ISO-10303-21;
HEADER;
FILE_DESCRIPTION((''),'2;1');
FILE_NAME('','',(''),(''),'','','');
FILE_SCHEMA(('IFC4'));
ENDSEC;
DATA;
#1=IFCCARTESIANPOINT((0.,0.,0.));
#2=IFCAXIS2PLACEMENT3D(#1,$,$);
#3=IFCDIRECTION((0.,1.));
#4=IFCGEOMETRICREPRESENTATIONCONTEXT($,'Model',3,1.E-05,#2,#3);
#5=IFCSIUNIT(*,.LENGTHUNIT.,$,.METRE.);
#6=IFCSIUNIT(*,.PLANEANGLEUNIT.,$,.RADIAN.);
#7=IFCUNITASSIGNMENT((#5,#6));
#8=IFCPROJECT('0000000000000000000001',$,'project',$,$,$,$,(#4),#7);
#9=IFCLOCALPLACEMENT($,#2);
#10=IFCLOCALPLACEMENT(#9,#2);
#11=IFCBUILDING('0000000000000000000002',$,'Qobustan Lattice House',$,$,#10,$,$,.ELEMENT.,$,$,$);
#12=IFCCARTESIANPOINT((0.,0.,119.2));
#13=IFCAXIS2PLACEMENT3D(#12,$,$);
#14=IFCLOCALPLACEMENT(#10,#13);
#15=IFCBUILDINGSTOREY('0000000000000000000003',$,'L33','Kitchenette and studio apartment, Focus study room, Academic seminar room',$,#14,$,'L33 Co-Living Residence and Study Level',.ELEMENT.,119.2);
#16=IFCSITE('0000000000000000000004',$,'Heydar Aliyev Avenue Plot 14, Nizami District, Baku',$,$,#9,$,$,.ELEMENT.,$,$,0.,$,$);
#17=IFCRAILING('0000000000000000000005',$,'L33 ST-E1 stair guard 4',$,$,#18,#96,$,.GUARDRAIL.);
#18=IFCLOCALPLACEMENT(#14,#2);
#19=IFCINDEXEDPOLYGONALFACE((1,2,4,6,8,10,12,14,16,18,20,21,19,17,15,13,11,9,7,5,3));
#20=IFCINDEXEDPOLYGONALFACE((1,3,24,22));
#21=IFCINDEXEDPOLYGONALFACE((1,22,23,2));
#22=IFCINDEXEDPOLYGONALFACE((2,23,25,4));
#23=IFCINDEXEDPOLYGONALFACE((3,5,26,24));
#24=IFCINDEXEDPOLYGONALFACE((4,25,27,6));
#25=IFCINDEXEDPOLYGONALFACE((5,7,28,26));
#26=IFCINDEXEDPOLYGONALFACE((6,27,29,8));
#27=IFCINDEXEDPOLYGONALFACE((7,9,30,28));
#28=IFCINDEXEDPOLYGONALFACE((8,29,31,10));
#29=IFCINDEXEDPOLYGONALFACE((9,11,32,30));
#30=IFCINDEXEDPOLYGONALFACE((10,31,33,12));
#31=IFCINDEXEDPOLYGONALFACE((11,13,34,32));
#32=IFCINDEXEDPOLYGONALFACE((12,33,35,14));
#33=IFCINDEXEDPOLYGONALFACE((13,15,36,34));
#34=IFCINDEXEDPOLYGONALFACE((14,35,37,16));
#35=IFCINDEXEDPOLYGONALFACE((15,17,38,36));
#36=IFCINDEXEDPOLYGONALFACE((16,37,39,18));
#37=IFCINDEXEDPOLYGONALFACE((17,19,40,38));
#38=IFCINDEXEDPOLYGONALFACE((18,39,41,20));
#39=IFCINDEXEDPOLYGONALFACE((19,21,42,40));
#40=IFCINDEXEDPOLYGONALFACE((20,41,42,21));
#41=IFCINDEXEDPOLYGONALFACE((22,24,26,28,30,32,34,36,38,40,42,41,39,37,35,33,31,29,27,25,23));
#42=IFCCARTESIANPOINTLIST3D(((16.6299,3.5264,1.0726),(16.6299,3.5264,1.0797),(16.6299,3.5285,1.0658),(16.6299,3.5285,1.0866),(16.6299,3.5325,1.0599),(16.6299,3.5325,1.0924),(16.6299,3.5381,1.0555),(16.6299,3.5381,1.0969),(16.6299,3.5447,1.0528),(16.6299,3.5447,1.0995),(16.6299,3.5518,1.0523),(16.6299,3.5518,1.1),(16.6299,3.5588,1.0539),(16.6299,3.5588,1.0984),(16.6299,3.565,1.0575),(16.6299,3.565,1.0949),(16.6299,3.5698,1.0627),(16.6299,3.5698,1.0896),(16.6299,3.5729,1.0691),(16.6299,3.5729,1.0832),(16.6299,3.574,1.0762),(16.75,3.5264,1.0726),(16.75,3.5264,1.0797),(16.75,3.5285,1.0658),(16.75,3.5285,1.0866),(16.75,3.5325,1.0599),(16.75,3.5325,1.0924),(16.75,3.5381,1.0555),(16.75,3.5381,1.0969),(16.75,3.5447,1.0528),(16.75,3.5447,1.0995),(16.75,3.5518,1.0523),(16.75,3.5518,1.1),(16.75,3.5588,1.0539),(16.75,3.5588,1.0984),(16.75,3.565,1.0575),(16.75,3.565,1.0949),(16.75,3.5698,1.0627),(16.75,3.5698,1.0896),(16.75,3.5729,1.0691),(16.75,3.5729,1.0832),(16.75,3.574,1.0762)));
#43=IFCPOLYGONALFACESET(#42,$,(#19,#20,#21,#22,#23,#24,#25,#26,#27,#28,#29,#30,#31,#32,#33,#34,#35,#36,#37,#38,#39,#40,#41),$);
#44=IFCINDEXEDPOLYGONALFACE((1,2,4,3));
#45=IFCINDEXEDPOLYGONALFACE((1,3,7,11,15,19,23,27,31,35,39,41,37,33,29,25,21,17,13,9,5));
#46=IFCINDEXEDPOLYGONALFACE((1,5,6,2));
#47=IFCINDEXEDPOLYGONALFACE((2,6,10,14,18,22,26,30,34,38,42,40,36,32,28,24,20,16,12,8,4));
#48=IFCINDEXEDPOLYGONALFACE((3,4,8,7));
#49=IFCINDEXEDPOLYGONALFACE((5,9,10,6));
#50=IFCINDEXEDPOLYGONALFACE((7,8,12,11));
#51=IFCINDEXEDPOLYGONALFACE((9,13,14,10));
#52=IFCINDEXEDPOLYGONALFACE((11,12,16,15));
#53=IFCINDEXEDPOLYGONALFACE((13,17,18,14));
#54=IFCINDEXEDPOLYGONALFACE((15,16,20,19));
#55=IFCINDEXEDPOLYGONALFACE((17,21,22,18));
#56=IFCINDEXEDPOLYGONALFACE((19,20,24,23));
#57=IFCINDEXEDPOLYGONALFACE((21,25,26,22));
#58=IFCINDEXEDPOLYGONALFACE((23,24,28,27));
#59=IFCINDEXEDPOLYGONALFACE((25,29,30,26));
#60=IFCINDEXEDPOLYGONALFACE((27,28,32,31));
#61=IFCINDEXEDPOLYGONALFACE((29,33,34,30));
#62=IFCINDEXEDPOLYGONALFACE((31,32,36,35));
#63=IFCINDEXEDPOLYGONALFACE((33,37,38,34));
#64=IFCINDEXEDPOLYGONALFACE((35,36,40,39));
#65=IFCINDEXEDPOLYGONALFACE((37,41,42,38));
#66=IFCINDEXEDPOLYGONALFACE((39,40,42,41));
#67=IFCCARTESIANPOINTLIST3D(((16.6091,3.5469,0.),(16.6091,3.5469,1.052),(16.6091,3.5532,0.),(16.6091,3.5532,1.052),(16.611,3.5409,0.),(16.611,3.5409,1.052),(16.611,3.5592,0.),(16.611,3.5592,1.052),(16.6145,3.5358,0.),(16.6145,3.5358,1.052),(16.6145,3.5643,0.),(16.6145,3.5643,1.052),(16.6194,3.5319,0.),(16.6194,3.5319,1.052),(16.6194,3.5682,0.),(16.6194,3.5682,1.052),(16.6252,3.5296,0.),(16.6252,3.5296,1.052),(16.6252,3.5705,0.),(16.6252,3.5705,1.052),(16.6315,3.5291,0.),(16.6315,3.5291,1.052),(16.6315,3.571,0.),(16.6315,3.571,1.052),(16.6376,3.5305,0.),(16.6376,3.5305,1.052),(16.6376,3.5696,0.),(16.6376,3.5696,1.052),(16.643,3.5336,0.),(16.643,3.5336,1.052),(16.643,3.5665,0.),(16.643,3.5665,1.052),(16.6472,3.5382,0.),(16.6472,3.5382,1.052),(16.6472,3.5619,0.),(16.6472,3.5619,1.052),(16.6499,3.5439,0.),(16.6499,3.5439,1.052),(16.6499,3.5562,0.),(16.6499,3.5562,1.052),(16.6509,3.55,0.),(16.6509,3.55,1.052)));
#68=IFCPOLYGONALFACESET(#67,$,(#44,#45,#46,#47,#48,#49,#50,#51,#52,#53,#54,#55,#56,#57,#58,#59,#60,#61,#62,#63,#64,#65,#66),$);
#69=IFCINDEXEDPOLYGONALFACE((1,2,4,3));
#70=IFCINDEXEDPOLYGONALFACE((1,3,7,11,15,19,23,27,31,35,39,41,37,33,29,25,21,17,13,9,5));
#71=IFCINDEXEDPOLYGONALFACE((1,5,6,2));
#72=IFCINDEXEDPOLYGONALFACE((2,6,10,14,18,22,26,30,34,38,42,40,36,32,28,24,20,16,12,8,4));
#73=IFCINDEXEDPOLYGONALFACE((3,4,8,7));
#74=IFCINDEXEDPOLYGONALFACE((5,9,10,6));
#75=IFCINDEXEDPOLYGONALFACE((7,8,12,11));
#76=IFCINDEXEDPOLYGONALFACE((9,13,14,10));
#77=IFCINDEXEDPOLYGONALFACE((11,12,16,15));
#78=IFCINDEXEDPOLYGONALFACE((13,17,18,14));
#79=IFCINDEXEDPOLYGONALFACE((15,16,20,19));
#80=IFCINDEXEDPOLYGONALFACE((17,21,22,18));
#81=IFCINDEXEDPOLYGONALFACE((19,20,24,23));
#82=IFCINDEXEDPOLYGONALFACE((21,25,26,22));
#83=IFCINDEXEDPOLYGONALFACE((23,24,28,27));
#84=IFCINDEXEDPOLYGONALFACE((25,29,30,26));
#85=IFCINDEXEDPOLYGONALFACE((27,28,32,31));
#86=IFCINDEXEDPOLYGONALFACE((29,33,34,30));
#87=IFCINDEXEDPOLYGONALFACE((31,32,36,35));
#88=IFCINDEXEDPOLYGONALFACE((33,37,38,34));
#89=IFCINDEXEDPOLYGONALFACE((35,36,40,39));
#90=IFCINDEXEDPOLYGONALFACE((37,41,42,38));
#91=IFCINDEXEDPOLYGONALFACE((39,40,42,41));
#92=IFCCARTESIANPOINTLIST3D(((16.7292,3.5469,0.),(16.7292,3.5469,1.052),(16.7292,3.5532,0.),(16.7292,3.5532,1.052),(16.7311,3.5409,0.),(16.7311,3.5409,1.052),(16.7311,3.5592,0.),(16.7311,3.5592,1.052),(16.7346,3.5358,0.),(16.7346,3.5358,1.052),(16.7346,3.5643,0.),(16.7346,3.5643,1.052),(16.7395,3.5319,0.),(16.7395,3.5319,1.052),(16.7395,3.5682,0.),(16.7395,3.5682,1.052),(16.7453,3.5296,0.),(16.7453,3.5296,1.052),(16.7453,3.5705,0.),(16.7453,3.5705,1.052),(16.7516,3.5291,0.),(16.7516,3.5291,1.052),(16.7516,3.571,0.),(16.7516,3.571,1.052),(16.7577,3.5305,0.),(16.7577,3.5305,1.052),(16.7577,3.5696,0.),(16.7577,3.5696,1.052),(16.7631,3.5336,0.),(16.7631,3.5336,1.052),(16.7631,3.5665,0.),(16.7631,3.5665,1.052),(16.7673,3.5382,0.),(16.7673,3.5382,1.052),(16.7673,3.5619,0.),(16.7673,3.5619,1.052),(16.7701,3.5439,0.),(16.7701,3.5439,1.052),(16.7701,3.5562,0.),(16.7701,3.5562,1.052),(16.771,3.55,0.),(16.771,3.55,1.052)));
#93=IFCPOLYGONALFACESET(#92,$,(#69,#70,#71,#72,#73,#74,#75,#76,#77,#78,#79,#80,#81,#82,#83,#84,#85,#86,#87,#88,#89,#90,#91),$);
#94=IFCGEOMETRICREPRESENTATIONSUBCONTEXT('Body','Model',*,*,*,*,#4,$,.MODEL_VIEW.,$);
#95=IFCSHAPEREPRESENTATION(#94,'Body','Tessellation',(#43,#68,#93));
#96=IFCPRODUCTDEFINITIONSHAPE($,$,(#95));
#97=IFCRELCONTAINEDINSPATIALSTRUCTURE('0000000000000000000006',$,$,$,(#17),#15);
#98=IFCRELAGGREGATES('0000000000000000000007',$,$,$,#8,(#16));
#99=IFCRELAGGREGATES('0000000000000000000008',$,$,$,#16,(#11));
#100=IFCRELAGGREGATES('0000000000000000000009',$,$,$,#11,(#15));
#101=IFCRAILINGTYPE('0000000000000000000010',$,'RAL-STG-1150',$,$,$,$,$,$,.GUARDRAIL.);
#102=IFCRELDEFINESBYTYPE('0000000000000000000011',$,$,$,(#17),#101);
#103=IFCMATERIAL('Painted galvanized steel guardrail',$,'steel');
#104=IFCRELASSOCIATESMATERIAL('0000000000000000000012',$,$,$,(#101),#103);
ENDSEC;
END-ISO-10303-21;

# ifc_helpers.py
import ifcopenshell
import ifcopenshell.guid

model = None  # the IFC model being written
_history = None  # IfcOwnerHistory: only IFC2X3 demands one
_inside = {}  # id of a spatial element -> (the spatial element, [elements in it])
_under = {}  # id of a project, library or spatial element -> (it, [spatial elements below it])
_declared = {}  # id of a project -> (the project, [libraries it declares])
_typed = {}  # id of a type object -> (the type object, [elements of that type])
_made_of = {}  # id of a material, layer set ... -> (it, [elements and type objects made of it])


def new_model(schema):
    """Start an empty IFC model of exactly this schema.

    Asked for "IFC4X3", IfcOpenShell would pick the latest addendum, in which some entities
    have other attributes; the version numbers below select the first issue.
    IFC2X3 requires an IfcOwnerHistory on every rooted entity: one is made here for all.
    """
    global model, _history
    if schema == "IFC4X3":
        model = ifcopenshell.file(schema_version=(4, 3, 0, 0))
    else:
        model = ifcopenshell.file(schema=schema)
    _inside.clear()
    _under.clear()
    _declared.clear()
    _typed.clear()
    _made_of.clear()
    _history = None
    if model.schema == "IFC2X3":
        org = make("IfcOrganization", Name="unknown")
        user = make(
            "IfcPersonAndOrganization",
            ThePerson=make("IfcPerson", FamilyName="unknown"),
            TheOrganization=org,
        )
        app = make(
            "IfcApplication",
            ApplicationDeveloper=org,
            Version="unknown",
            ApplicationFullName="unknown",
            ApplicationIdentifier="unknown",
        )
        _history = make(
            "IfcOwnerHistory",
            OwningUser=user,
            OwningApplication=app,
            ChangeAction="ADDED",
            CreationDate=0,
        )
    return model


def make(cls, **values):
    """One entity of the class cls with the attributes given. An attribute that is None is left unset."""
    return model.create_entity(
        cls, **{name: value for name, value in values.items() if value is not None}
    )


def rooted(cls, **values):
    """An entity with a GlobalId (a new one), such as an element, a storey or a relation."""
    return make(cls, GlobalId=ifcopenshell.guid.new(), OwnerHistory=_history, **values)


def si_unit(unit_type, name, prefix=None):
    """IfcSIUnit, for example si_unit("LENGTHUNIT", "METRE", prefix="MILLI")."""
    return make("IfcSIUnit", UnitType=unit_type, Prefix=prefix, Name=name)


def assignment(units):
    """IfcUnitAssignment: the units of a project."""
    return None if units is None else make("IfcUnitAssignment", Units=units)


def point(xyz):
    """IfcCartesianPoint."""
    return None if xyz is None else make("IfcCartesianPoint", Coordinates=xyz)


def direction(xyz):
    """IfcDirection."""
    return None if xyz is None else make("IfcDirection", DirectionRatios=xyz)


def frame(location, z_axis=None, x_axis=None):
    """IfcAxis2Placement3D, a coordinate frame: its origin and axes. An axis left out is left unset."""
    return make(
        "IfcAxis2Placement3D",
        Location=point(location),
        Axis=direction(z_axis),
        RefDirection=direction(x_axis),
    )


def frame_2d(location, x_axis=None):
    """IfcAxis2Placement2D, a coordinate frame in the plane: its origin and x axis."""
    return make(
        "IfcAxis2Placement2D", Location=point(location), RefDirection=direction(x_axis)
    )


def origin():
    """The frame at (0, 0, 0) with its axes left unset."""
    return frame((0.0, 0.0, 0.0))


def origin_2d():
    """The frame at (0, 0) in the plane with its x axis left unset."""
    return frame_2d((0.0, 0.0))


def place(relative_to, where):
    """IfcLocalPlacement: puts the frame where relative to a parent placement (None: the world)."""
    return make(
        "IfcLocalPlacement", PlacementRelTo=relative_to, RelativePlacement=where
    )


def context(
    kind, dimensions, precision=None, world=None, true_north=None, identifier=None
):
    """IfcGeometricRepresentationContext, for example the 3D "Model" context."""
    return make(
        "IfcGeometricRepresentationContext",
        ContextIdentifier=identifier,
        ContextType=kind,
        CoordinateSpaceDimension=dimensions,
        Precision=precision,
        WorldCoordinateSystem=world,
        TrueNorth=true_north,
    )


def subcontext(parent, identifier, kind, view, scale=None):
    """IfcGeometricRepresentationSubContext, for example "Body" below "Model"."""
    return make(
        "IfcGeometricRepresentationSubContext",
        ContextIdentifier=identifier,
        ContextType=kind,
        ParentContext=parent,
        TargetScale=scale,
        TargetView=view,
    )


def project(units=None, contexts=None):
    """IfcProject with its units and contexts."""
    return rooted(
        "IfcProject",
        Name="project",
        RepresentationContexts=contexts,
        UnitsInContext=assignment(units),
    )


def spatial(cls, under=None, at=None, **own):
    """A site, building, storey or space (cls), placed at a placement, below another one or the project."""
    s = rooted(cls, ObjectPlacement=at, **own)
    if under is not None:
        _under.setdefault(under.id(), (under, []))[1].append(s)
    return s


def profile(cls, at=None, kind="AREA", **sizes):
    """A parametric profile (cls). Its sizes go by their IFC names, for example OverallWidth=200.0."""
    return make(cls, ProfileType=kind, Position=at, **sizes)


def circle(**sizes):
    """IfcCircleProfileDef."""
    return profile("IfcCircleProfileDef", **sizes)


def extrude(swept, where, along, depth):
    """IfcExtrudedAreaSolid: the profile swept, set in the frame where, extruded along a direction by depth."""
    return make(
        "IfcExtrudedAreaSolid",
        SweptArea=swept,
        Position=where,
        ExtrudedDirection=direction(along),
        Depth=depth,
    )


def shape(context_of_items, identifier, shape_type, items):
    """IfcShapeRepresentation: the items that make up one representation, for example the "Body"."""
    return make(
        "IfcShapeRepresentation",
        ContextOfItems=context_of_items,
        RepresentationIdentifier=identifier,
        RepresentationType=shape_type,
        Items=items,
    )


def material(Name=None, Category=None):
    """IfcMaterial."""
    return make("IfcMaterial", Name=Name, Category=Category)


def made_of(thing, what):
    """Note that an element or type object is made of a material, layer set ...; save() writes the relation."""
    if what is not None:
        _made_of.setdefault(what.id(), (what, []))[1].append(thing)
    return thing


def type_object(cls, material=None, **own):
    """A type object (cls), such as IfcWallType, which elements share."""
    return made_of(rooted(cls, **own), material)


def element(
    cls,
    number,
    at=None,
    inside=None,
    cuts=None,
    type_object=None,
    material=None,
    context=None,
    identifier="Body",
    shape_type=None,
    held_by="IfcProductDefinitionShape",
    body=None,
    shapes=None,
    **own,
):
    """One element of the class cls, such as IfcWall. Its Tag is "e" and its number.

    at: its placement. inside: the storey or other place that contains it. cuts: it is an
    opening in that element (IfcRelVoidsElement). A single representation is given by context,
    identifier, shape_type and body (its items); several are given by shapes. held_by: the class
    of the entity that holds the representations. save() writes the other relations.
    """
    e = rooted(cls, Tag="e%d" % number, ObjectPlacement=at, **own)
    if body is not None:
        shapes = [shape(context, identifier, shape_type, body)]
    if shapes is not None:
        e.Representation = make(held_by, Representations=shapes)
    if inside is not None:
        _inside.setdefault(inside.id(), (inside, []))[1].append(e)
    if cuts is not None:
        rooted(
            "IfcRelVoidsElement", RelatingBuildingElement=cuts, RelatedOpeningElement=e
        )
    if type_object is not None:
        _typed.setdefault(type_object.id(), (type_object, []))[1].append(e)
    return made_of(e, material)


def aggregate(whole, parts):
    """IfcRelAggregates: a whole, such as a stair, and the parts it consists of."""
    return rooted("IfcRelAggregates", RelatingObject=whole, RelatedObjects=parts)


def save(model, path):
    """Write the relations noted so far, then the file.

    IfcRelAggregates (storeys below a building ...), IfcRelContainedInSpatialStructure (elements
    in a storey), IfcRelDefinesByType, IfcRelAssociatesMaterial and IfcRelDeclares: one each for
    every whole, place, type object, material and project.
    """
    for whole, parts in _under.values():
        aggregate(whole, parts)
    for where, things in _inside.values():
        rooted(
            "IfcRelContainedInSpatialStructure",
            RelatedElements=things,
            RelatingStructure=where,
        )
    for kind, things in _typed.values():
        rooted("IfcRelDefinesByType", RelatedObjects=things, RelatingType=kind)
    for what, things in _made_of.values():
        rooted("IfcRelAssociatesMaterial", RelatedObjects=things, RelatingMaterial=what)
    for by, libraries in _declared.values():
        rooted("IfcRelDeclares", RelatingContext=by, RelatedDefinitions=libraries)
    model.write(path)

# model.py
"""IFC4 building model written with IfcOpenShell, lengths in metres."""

from ifc_helpers import new_model, si_unit, direction, frame, origin, origin_2d, place, context, subcontext, project, spatial, circle, extrude, material, type_object, element, save


model = new_model("IFC4")

# Units and contexts
model_context = context("Model", 3, precision=1e-05, world=origin(), true_north=direction((0.0, 1.0)))
body_context = subcontext(model_context, "Body", "Model", "MODEL_VIEW")
ifc_project = project(units=[si_unit("LENGTHUNIT", "METRE"), si_unit("PLANEANGLEUNIT", "RADIAN")], contexts=[model_context])

# Site, building, storey
site_placement = place(None, origin())
site = spatial("IfcSite", under=ifc_project, at=site_placement, Name="Heydar Aliyev Avenue Plot 14, Nizami District, Baku", CompositionType="ELEMENT", RefElevation=0.0)
building_placement = place(site_placement, origin())
building = spatial("IfcBuilding", under=site, at=building_placement, Name="Qobustan Lattice House", CompositionType="ELEMENT")
storey_placement = place(building_placement, frame((0.0, 0.0, 119.2)))
storey = spatial("IfcBuildingStorey", under=building, at=storey_placement, Name="L33", Description="Kitchenette and studio apartment, Focus study room, Academic seminar room", LongName="L33 Co-Living Residence and Study Level", CompositionType="ELEMENT", Elevation=119.2)

# Railing
ifc_material_1 = material(Name="Painted galvanized steel guardrail", Category="steel")
railing_type_1 = type_object("IfcRailingType", Name="RAL-STG-1150", PredefinedType="GUARDRAIL", material=ifc_material_1)
railing_1_placement = place(storey_placement, frame((16.6299, 3.55, 0.0)))
element("IfcRailing", 1, at=railing_1_placement, inside=storey, type_object=railing_type_1, Name="L33 ST-E1 stair guard 4", PredefinedType="GUARDRAIL", context=body_context, shape_type="SweptSolid", body=[
    extrude(circle(Radius=0.0239, at=origin_2d()), frame((0.0, 0.0, 1.0762), z_axis=(1.0, 0.0, 0.0), x_axis=(0.0, 1.0, 0.0)), (0.0, 0.0, 1.0), 0.1201),
    extrude(circle(Radius=0.021, at=origin_2d()), origin(), (0.0, 0.0, 1.0), 1.052),
    extrude(circle(Radius=0.021, at=origin_2d()), frame((0.1201, 0.0, 0.0)), (0.0, 0.0, 1.0), 1.052),
])

save(model, "model.ifc")
